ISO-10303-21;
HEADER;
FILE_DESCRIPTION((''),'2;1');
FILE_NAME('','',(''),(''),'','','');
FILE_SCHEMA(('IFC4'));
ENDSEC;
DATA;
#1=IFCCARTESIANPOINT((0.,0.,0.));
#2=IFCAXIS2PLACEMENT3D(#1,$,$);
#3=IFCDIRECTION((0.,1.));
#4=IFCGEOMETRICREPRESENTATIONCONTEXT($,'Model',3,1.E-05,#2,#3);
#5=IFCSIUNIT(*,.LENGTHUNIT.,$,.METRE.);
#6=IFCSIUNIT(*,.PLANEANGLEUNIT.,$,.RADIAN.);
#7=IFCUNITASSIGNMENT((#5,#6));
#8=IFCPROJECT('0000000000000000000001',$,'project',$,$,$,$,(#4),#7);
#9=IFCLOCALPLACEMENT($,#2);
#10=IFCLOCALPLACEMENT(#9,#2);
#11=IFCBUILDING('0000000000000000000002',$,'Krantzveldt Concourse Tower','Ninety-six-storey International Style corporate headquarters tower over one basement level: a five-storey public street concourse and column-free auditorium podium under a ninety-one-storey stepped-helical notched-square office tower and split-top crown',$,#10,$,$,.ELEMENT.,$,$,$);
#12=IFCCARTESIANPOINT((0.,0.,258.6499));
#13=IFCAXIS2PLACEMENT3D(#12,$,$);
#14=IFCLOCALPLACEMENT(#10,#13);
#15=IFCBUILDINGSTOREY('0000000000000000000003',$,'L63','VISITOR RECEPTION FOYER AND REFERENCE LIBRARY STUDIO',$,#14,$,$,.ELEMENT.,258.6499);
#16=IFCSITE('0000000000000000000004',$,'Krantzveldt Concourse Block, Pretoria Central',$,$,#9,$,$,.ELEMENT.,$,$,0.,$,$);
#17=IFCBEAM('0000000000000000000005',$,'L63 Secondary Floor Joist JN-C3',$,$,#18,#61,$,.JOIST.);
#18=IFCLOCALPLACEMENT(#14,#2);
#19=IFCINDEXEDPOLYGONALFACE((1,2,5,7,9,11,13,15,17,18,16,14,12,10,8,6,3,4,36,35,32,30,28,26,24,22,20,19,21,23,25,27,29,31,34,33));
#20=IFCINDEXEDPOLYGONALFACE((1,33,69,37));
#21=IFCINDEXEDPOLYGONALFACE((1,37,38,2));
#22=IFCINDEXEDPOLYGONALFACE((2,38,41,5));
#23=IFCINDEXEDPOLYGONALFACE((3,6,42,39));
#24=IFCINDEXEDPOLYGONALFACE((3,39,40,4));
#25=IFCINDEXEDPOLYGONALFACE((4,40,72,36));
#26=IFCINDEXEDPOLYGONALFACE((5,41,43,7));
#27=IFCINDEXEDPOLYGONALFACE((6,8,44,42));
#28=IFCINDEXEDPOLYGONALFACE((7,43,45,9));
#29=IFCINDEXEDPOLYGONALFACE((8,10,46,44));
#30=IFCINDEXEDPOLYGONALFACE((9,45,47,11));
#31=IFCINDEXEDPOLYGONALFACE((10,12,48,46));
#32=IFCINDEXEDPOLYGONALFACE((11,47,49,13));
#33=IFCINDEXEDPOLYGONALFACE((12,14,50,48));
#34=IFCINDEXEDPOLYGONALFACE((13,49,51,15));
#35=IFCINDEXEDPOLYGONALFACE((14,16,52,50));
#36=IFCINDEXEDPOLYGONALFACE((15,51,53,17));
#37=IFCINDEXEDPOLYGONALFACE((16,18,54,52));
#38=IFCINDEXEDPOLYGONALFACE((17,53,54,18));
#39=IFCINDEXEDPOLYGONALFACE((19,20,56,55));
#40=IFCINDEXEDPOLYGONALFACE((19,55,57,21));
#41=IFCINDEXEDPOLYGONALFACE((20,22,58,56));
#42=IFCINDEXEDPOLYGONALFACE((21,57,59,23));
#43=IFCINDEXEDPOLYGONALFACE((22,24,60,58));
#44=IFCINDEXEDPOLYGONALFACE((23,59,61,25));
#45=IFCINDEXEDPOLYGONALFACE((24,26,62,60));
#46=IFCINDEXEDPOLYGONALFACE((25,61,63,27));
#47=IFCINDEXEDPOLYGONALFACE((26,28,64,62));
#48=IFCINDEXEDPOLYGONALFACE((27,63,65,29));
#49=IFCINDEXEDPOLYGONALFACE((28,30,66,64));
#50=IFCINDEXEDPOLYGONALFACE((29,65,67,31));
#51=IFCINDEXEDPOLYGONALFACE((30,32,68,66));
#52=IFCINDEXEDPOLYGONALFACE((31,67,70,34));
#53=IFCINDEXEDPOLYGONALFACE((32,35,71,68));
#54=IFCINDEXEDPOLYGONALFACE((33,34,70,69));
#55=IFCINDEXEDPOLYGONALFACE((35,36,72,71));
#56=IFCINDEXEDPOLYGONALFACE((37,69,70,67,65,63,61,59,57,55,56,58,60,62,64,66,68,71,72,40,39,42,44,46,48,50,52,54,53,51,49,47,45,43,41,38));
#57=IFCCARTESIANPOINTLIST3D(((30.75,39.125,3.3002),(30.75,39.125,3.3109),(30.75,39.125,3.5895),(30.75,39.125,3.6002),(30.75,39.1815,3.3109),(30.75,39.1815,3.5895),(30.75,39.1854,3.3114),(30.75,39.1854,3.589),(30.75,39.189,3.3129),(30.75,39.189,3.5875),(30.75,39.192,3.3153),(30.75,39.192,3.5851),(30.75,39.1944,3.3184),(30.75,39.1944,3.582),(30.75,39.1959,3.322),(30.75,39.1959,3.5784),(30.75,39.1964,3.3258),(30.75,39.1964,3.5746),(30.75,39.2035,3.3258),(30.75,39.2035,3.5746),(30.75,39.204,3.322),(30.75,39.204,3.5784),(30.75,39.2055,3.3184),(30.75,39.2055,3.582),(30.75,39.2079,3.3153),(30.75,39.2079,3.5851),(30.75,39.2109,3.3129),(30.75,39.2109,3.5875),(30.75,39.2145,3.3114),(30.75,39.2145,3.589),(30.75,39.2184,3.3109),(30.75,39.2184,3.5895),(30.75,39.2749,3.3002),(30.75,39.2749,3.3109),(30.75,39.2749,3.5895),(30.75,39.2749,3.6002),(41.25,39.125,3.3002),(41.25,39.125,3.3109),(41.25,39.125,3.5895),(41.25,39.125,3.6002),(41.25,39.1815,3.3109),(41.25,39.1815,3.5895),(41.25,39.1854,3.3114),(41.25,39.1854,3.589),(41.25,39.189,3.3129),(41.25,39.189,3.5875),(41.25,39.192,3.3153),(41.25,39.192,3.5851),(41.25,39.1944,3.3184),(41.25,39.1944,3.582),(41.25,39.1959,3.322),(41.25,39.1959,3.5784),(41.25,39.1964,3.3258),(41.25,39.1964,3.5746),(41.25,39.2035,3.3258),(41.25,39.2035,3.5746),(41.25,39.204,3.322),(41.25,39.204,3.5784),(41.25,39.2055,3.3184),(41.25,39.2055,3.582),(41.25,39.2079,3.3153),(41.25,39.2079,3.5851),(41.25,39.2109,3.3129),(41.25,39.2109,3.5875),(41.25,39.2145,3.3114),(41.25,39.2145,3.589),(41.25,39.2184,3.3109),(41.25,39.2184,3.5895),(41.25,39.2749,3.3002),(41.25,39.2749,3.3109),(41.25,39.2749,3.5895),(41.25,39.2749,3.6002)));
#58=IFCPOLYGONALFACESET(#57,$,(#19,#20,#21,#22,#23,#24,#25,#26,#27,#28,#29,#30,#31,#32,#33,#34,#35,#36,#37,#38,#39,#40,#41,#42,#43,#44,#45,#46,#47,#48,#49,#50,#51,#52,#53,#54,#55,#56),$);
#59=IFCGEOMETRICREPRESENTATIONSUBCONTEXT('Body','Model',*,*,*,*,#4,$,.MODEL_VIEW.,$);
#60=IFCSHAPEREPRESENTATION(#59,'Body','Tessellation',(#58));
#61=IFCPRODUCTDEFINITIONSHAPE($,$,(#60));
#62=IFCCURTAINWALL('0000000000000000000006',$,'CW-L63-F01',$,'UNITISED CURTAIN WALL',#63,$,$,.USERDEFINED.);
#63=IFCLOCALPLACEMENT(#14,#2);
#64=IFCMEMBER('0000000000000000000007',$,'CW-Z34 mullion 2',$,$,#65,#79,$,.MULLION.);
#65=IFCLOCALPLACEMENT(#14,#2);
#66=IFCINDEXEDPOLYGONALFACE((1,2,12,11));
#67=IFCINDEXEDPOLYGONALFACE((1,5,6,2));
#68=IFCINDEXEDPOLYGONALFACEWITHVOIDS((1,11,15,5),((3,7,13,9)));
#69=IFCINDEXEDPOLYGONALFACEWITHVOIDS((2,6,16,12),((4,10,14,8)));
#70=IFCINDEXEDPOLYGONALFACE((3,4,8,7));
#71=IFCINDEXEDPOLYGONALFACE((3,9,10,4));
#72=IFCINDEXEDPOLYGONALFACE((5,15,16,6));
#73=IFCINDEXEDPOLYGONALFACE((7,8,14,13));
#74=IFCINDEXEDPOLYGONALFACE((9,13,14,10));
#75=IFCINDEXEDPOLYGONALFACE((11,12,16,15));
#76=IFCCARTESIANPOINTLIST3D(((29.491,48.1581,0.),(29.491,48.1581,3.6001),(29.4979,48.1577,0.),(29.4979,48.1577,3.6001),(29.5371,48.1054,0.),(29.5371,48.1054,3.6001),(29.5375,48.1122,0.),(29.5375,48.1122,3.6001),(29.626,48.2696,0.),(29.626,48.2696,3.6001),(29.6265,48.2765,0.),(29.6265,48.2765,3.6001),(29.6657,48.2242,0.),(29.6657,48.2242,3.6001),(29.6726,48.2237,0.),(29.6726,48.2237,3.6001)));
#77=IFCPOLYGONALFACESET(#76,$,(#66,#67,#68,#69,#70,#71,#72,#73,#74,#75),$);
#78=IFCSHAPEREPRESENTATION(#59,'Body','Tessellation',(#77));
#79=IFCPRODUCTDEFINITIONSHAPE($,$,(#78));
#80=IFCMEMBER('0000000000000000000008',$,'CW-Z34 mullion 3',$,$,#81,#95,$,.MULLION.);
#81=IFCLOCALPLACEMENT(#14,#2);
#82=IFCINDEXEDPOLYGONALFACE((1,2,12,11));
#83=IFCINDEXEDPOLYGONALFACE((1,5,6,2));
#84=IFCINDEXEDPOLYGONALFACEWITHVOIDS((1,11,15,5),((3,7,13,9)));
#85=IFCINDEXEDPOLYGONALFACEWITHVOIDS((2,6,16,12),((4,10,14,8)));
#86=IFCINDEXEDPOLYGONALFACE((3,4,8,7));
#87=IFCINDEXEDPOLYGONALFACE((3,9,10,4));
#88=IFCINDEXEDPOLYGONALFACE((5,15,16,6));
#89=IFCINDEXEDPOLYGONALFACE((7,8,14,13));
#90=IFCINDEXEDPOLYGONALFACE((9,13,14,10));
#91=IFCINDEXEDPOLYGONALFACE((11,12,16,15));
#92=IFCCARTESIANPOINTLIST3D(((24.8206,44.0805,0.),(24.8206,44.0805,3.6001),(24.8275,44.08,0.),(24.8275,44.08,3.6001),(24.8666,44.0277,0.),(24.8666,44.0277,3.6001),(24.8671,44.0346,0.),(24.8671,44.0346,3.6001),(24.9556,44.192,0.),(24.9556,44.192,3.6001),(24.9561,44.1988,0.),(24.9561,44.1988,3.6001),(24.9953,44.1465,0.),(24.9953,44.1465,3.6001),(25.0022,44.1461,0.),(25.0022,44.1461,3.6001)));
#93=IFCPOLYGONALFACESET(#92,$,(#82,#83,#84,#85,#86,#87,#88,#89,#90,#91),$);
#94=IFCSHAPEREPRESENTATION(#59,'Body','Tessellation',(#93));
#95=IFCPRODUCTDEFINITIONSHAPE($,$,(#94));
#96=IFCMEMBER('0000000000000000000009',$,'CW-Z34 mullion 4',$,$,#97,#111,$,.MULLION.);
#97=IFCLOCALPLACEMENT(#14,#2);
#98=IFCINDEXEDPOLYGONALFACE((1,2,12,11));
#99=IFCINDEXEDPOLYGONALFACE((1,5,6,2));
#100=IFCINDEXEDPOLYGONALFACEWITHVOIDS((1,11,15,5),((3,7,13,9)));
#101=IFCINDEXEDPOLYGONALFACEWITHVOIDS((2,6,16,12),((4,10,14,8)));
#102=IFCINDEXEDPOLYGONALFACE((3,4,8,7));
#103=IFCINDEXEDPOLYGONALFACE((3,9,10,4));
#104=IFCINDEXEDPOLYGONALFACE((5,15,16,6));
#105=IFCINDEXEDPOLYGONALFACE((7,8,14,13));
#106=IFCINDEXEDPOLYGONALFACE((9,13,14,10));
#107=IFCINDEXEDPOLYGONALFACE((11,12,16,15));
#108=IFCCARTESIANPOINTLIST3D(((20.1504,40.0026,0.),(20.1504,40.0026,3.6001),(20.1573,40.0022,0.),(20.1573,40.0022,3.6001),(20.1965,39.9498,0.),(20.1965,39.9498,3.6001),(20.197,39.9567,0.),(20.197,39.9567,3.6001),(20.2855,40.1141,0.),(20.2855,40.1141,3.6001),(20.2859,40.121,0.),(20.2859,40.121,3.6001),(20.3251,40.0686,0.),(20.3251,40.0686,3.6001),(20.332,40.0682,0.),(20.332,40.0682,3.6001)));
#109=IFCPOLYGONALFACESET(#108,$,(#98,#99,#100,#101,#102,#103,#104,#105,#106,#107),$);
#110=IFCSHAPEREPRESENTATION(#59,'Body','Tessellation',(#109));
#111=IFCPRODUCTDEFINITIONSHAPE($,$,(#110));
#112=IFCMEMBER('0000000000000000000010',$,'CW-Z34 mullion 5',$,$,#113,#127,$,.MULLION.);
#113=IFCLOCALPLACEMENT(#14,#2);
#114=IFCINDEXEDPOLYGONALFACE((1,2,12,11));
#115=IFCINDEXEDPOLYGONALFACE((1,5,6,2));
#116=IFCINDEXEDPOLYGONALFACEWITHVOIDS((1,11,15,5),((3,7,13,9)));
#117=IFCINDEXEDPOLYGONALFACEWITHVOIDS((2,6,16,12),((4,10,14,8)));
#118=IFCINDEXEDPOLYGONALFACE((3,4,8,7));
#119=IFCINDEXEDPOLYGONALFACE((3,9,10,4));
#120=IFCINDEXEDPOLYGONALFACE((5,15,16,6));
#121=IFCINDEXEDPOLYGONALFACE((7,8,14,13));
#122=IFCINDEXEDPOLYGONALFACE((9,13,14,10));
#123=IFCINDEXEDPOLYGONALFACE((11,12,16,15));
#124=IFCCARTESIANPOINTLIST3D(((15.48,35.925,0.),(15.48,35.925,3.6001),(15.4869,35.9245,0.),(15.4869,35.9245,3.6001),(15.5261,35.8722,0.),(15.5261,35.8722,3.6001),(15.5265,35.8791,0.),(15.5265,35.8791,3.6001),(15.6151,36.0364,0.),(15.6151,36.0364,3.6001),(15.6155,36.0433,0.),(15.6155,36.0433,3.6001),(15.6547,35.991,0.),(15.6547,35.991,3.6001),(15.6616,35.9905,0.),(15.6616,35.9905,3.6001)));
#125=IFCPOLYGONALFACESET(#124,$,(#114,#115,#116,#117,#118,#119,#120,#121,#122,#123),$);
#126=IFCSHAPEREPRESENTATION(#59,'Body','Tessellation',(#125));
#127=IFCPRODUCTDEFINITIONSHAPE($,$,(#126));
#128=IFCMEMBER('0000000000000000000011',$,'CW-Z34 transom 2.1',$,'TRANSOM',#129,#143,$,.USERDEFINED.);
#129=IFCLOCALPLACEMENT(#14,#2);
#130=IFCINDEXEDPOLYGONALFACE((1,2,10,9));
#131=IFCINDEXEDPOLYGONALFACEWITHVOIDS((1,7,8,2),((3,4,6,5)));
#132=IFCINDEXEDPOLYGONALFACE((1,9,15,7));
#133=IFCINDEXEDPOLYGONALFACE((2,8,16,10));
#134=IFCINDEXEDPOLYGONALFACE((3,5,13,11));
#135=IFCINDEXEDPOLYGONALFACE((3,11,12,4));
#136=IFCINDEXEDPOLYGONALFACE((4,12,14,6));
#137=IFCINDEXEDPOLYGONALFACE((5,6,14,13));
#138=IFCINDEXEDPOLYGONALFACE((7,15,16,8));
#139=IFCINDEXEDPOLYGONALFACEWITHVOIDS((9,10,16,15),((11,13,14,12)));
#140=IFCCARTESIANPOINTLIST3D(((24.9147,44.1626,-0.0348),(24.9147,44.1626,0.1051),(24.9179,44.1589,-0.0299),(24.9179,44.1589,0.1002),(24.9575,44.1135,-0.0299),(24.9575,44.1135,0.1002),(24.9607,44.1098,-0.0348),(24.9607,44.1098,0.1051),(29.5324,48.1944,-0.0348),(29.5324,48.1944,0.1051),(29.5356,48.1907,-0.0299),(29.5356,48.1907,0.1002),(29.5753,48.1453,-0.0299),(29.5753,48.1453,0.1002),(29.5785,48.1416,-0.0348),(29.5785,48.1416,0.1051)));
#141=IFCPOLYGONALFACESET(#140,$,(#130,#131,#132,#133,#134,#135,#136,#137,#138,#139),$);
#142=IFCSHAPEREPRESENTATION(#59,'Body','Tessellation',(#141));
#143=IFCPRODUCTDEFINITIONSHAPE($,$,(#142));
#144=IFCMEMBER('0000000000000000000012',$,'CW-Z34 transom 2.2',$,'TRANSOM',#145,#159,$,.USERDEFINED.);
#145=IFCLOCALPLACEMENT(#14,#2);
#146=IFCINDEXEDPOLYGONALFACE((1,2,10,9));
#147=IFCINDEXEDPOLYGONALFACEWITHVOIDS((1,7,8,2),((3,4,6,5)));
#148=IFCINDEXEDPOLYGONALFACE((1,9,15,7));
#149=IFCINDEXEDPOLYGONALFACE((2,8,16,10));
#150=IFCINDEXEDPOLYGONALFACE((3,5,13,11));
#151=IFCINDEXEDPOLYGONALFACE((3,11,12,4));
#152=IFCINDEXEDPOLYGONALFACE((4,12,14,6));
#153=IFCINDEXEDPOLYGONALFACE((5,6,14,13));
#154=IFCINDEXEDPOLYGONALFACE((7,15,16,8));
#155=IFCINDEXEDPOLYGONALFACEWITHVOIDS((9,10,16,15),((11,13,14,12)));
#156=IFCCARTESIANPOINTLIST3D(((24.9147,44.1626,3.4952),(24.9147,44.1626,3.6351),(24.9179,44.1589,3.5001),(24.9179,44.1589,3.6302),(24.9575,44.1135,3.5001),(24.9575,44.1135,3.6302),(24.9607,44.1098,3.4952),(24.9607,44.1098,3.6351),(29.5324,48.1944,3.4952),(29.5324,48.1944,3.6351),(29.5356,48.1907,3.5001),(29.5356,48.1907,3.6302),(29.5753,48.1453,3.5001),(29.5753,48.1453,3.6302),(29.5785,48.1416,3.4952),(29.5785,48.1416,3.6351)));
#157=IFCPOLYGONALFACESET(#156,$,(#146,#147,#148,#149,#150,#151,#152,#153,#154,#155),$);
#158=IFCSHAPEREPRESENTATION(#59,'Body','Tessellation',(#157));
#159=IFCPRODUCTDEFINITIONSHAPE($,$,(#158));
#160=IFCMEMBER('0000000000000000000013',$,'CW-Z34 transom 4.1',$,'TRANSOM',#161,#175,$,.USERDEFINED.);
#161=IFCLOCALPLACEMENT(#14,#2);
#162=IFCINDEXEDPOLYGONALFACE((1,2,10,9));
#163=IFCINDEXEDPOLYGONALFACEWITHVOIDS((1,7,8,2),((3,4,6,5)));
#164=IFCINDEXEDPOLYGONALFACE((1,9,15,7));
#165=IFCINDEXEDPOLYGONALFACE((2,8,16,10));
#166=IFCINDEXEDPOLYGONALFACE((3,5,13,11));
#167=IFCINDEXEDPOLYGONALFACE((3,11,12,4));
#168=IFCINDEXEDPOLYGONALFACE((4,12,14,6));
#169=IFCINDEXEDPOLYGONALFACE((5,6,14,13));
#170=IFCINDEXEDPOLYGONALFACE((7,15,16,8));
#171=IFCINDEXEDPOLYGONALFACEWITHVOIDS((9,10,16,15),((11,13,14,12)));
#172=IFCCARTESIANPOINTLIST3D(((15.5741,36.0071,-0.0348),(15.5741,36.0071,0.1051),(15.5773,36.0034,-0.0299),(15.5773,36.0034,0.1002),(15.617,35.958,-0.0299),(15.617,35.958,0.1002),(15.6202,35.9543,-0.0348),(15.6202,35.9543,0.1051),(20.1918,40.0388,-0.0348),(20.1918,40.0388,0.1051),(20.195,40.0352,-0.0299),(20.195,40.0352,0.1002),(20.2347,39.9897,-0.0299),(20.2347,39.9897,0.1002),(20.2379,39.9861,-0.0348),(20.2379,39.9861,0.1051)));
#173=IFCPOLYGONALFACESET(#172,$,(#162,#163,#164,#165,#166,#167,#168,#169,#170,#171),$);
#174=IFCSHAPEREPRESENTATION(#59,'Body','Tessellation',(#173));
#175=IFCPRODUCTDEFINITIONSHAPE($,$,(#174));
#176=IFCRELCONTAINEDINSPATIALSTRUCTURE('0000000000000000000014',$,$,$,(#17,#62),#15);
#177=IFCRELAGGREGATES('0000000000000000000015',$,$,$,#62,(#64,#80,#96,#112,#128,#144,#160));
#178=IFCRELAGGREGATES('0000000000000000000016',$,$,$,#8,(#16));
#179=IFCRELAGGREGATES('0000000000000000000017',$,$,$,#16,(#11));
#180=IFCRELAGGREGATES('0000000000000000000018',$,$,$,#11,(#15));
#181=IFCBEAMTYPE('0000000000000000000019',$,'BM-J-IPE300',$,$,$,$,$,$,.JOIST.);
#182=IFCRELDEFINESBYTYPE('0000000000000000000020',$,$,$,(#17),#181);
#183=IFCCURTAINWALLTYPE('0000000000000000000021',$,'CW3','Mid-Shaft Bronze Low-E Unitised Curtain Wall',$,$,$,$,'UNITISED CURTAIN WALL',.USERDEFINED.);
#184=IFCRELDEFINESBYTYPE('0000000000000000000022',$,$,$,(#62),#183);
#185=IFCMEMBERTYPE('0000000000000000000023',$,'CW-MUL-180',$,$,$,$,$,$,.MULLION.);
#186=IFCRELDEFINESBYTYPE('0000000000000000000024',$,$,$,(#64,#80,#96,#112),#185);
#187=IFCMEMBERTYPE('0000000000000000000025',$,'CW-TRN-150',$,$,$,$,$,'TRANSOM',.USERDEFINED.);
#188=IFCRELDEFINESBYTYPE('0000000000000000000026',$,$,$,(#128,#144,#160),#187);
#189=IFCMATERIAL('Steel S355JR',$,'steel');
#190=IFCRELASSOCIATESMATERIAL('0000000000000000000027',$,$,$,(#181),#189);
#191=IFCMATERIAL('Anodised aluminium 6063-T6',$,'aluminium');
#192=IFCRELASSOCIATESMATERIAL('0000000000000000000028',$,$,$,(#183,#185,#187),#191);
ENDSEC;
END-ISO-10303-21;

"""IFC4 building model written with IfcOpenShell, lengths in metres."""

from ifc_helpers import new_model, si_unit, direction, frame, origin, origin_2d, place, context, subcontext, project, spatial, hollow_rectangle, i_section, extrude, source, transform, mapped, material, material_profile, profile_set, type_object, type_shapes, element, aggregate, save


model = new_model("IFC4")

# Units and contexts
model_context = context("Model", 3, precision=1e-05, world=origin(), true_north=direction((0.0, 1.0)))
body_context = subcontext(model_context, "Body", "Model", "MODEL_VIEW")
ifc_project = project(units=[si_unit("LENGTHUNIT", "METRE"), si_unit("PLANEANGLEUNIT", "RADIAN")], contexts=[model_context])

# Site, building, storey
site_placement = place(None, origin())
site = spatial("IfcSite", under=ifc_project, at=site_placement, Name="Krantzveldt Concourse Block, Pretoria Central", CompositionType="ELEMENT", RefElevation=0.0)
building_placement = place(site_placement, origin())
building = spatial("IfcBuilding", under=site, at=building_placement, Name="Krantzveldt Concourse Tower", Description="Ninety-six-storey International Style corporate headquarters tower over one basement level: a five-storey public street concourse and column-free auditorium podium under a ninety-one-storey stepped-helical notched-square office tower and split-top crown", CompositionType="ELEMENT")
storey_placement = place(building_placement, frame((0.0, 0.0, 258.6499)))
storey = spatial("IfcBuildingStorey", under=building, at=storey_placement, Name="L63", Description="VISITOR RECEPTION FOYER AND REFERENCE LIBRARY STUDIO", CompositionType="ELEMENT", Elevation=258.6499)

# Beam
ifc_material_1 = material(Name="Steel S355JR", Category="steel")
ifc_material_profile_1 = material_profile(ifc_material_1, i_section(OverallWidth=0.1499, OverallDepth=0.3, WebThickness=0.0071, FlangeThickness=0.0107, FilletRadius=0.0149, at=origin_2d()), Name="Steel S355JR", Category="steel")
ifc_profile_set_1 = profile_set([ifc_material_profile_1], Name="Steel S355JR - IPE 300")
beam_type_1 = type_object("IfcBeamType", Name="BM-J-IPE300", PredefinedType="JOIST", material=ifc_profile_set_1)
shared_shape_1 = source(origin(), body_context, "Body", "SweptSolid", [
    extrude(i_section(OverallWidth=0.1499, OverallDepth=0.3, WebThickness=0.0071, FlangeThickness=0.0107, FilletRadius=0.0149, at=origin_2d()), origin(), (0.0, 0.0, 1.0), 10.5),
])
type_shapes(beam_type_1, [shared_shape_1])
beam_1_placement = place(storey_placement, frame((30.75, 39.2, 3.4502), z_axis=(1.0, 0.0, 0.0), x_axis=(0.0, 1.0, 0.0)))
element("IfcBeam", 1, at=beam_1_placement, inside=storey, type_object=beam_type_1, Name="L63 Secondary Floor Joist JN-C3", PredefinedType="JOIST", context=body_context, shape_type="MappedRepresentation", body=[
    mapped(shared_shape_1, transform((0.0, 0.0, 0.0), x_axis=(1.0, 0.0, 0.0), y_axis=(0.0, 1.0, 0.0), z_axis=(0.0, 0.0, 1.0), scale=1.0)),
])

# Curtain wall, members
ifc_material_2 = material(Name="Anodised aluminium 6063-T6", Category="aluminium")
curtain_wall_type = type_object("IfcCurtainWallType", Name="CW3", Description="Mid-Shaft Bronze Low-E Unitised Curtain Wall", ElementType="UNITISED CURTAIN WALL", PredefinedType="USERDEFINED", material=ifc_material_2)
curtain_wall_placement = place(storey_placement, origin())
curtain_wall = element("IfcCurtainWall", 2, at=curtain_wall_placement, inside=storey, type_object=curtain_wall_type, Name="CW-L63-F01", ObjectType="UNITISED CURTAIN WALL", PredefinedType="USERDEFINED")
ifc_material_profile_2 = material_profile(ifc_material_2, hollow_rectangle(XDim=0.0701, YDim=0.1799, WallThickness=0.0049, at=origin_2d()), Name="Anodised aluminium 6063-T6", Category="aluminium")
ifc_profile_set_2 = profile_set([ifc_material_profile_2], Name="Anodised aluminium 6063-T6 - ALU-MULL 180x70x5")
member_type_1 = type_object("IfcMemberType", Name="CW-MUL-180", PredefinedType="MULLION", material=ifc_profile_set_2)
shared_shape_2 = source(origin(), body_context, "Body", "SweptSolid", [
    extrude(hollow_rectangle(XDim=0.0701, YDim=0.1799, WallThickness=0.0049, at=origin_2d()), origin(), (0.0, 0.0, 1.0), 3.6001),
])
type_shapes(member_type_1, [shared_shape_2])
member_1_placement = place(storey_placement, frame((29.5818, 48.1909, 0.0), z_axis=(0.0, 0.0, 1.0), x_axis=(0.657704, -0.753277, 0.0)))
member_1 = element("IfcMember", 3, at=member_1_placement, type_object=member_type_1, Name="CW-Z34 mullion 2", PredefinedType="MULLION", context=body_context, shape_type="MappedRepresentation", body=[
    mapped(shared_shape_2, transform((0.0, 0.0, 0.0), x_axis=(1.0, 0.0, 0.0), y_axis=(0.0, 1.0, 0.0), z_axis=(0.0, 0.0, 1.0), scale=1.0)),
])
member_2_placement = place(storey_placement, frame((24.9114, 44.1133, 0.0), z_axis=(0.0, 0.0, 1.0), x_axis=(0.657704, -0.753277, 0.0)))
member_2 = element("IfcMember", 4, at=member_2_placement, type_object=member_type_1, Name="CW-Z34 mullion 3", PredefinedType="MULLION", context=body_context, shape_type="MappedRepresentation", body=[
    mapped(shared_shape_2, transform((0.0, 0.0, 0.0), x_axis=(1.0, 0.0, 0.0), y_axis=(0.0, 1.0, 0.0), z_axis=(0.0, 0.0, 1.0), scale=1.0)),
])
member_3_placement = place(storey_placement, frame((20.2412, 40.0354, 0.0), z_axis=(0.0, 0.0, 1.0), x_axis=(0.657704, -0.753277, 0.0)))
member_3 = element("IfcMember", 5, at=member_3_placement, type_object=member_type_1, Name="CW-Z34 mullion 4", PredefinedType="MULLION", context=body_context, shape_type="MappedRepresentation", body=[
    mapped(shared_shape_2, transform((0.0, 0.0, 0.0), x_axis=(1.0, 0.0, 0.0), y_axis=(0.0, 1.0, 0.0), z_axis=(0.0, 0.0, 1.0), scale=1.0)),
])
member_4_placement = place(storey_placement, frame((15.5708, 35.9578, 0.0), z_axis=(0.0, 0.0, 1.0), x_axis=(0.657704, -0.753277, 0.0)))
member_4 = element("IfcMember", 6, at=member_4_placement, type_object=member_type_1, Name="CW-Z34 mullion 5", PredefinedType="MULLION", context=body_context, shape_type="MappedRepresentation", body=[
    mapped(shared_shape_2, transform((0.0, 0.0, 0.0), x_axis=(1.0, 0.0, 0.0), y_axis=(0.0, 1.0, 0.0), z_axis=(0.0, 0.0, 1.0), scale=1.0)),
])
ifc_material_profile_3 = material_profile(ifc_material_2, hollow_rectangle(XDim=0.0701, YDim=0.1399, WallThickness=0.0049, at=origin_2d()), Name="Anodised aluminium 6063-T6", Category="aluminium")
ifc_profile_set_3 = profile_set([ifc_material_profile_3], Name="Anodised aluminium 6063-T6 - ALU-TRAN 140x70x5")
member_type_2 = type_object("IfcMemberType", Name="CW-TRN-150", ElementType="TRANSOM", PredefinedType="USERDEFINED", material=ifc_profile_set_3)
shared_shape_3 = source(origin(), body_context, "Body", "SweptSolid", [
    extrude(hollow_rectangle(XDim=0.0701, YDim=0.1399, WallThickness=0.0049, at=origin_2d()), origin(), (0.0, 0.0, 1.0), 6.1301),
])
member_5_placement = place(storey_placement, frame((29.5554, 48.168, 0.0352), z_axis=(-0.753282, -0.657698, 0.0), x_axis=(0.657698, -0.753282, 0.0)))
member_5 = element("IfcMember", 7, at=member_5_placement, type_object=member_type_2, Name="CW-Z34 transom 2.1", ObjectType="TRANSOM", PredefinedType="USERDEFINED", context=body_context, shape_type="MappedRepresentation", body=[
    mapped(shared_shape_3, transform((0.0, 0.0, 0.0), x_axis=(1.0, 0.0, 0.0), y_axis=(0.0, 1.0, 0.0), z_axis=(0.0, 0.0, 1.0), scale=1.0)),
])
member_6_placement = place(storey_placement, frame((29.5554, 48.168, 3.5652), z_axis=(-0.753282, -0.657698, 0.0), x_axis=(0.657698, -0.753282, 0.0)))
member_6 = element("IfcMember", 8, at=member_6_placement, type_object=member_type_2, Name="CW-Z34 transom 2.2", ObjectType="TRANSOM", PredefinedType="USERDEFINED", context=body_context, shape_type="MappedRepresentation", body=[
    mapped(shared_shape_3, transform((0.0, 0.0, 0.0), x_axis=(1.0, 0.0, 0.0), y_axis=(0.0, 1.0, 0.0), z_axis=(0.0, 0.0, 1.0), scale=1.0)),
])
member_7_placement = place(storey_placement, frame((20.2148, 40.0125, 0.0352), z_axis=(-0.753282, -0.657698, 0.0), x_axis=(0.657698, -0.753282, 0.0)))
member_7 = element("IfcMember", 9, at=member_7_placement, type_object=member_type_2, Name="CW-Z34 transom 4.1", ObjectType="TRANSOM", PredefinedType="USERDEFINED", context=body_context, shape_type="MappedRepresentation", body=[
    mapped(shared_shape_3, transform((0.0, 0.0, 0.0), x_axis=(1.0, 0.0, 0.0), y_axis=(0.0, 1.0, 0.0), z_axis=(0.0, 0.0, 1.0), scale=1.0)),
])
aggregate(curtain_wall, [member_1, member_2, member_3, member_4, member_5, member_6, member_7])

save(model, "model.ifc")
